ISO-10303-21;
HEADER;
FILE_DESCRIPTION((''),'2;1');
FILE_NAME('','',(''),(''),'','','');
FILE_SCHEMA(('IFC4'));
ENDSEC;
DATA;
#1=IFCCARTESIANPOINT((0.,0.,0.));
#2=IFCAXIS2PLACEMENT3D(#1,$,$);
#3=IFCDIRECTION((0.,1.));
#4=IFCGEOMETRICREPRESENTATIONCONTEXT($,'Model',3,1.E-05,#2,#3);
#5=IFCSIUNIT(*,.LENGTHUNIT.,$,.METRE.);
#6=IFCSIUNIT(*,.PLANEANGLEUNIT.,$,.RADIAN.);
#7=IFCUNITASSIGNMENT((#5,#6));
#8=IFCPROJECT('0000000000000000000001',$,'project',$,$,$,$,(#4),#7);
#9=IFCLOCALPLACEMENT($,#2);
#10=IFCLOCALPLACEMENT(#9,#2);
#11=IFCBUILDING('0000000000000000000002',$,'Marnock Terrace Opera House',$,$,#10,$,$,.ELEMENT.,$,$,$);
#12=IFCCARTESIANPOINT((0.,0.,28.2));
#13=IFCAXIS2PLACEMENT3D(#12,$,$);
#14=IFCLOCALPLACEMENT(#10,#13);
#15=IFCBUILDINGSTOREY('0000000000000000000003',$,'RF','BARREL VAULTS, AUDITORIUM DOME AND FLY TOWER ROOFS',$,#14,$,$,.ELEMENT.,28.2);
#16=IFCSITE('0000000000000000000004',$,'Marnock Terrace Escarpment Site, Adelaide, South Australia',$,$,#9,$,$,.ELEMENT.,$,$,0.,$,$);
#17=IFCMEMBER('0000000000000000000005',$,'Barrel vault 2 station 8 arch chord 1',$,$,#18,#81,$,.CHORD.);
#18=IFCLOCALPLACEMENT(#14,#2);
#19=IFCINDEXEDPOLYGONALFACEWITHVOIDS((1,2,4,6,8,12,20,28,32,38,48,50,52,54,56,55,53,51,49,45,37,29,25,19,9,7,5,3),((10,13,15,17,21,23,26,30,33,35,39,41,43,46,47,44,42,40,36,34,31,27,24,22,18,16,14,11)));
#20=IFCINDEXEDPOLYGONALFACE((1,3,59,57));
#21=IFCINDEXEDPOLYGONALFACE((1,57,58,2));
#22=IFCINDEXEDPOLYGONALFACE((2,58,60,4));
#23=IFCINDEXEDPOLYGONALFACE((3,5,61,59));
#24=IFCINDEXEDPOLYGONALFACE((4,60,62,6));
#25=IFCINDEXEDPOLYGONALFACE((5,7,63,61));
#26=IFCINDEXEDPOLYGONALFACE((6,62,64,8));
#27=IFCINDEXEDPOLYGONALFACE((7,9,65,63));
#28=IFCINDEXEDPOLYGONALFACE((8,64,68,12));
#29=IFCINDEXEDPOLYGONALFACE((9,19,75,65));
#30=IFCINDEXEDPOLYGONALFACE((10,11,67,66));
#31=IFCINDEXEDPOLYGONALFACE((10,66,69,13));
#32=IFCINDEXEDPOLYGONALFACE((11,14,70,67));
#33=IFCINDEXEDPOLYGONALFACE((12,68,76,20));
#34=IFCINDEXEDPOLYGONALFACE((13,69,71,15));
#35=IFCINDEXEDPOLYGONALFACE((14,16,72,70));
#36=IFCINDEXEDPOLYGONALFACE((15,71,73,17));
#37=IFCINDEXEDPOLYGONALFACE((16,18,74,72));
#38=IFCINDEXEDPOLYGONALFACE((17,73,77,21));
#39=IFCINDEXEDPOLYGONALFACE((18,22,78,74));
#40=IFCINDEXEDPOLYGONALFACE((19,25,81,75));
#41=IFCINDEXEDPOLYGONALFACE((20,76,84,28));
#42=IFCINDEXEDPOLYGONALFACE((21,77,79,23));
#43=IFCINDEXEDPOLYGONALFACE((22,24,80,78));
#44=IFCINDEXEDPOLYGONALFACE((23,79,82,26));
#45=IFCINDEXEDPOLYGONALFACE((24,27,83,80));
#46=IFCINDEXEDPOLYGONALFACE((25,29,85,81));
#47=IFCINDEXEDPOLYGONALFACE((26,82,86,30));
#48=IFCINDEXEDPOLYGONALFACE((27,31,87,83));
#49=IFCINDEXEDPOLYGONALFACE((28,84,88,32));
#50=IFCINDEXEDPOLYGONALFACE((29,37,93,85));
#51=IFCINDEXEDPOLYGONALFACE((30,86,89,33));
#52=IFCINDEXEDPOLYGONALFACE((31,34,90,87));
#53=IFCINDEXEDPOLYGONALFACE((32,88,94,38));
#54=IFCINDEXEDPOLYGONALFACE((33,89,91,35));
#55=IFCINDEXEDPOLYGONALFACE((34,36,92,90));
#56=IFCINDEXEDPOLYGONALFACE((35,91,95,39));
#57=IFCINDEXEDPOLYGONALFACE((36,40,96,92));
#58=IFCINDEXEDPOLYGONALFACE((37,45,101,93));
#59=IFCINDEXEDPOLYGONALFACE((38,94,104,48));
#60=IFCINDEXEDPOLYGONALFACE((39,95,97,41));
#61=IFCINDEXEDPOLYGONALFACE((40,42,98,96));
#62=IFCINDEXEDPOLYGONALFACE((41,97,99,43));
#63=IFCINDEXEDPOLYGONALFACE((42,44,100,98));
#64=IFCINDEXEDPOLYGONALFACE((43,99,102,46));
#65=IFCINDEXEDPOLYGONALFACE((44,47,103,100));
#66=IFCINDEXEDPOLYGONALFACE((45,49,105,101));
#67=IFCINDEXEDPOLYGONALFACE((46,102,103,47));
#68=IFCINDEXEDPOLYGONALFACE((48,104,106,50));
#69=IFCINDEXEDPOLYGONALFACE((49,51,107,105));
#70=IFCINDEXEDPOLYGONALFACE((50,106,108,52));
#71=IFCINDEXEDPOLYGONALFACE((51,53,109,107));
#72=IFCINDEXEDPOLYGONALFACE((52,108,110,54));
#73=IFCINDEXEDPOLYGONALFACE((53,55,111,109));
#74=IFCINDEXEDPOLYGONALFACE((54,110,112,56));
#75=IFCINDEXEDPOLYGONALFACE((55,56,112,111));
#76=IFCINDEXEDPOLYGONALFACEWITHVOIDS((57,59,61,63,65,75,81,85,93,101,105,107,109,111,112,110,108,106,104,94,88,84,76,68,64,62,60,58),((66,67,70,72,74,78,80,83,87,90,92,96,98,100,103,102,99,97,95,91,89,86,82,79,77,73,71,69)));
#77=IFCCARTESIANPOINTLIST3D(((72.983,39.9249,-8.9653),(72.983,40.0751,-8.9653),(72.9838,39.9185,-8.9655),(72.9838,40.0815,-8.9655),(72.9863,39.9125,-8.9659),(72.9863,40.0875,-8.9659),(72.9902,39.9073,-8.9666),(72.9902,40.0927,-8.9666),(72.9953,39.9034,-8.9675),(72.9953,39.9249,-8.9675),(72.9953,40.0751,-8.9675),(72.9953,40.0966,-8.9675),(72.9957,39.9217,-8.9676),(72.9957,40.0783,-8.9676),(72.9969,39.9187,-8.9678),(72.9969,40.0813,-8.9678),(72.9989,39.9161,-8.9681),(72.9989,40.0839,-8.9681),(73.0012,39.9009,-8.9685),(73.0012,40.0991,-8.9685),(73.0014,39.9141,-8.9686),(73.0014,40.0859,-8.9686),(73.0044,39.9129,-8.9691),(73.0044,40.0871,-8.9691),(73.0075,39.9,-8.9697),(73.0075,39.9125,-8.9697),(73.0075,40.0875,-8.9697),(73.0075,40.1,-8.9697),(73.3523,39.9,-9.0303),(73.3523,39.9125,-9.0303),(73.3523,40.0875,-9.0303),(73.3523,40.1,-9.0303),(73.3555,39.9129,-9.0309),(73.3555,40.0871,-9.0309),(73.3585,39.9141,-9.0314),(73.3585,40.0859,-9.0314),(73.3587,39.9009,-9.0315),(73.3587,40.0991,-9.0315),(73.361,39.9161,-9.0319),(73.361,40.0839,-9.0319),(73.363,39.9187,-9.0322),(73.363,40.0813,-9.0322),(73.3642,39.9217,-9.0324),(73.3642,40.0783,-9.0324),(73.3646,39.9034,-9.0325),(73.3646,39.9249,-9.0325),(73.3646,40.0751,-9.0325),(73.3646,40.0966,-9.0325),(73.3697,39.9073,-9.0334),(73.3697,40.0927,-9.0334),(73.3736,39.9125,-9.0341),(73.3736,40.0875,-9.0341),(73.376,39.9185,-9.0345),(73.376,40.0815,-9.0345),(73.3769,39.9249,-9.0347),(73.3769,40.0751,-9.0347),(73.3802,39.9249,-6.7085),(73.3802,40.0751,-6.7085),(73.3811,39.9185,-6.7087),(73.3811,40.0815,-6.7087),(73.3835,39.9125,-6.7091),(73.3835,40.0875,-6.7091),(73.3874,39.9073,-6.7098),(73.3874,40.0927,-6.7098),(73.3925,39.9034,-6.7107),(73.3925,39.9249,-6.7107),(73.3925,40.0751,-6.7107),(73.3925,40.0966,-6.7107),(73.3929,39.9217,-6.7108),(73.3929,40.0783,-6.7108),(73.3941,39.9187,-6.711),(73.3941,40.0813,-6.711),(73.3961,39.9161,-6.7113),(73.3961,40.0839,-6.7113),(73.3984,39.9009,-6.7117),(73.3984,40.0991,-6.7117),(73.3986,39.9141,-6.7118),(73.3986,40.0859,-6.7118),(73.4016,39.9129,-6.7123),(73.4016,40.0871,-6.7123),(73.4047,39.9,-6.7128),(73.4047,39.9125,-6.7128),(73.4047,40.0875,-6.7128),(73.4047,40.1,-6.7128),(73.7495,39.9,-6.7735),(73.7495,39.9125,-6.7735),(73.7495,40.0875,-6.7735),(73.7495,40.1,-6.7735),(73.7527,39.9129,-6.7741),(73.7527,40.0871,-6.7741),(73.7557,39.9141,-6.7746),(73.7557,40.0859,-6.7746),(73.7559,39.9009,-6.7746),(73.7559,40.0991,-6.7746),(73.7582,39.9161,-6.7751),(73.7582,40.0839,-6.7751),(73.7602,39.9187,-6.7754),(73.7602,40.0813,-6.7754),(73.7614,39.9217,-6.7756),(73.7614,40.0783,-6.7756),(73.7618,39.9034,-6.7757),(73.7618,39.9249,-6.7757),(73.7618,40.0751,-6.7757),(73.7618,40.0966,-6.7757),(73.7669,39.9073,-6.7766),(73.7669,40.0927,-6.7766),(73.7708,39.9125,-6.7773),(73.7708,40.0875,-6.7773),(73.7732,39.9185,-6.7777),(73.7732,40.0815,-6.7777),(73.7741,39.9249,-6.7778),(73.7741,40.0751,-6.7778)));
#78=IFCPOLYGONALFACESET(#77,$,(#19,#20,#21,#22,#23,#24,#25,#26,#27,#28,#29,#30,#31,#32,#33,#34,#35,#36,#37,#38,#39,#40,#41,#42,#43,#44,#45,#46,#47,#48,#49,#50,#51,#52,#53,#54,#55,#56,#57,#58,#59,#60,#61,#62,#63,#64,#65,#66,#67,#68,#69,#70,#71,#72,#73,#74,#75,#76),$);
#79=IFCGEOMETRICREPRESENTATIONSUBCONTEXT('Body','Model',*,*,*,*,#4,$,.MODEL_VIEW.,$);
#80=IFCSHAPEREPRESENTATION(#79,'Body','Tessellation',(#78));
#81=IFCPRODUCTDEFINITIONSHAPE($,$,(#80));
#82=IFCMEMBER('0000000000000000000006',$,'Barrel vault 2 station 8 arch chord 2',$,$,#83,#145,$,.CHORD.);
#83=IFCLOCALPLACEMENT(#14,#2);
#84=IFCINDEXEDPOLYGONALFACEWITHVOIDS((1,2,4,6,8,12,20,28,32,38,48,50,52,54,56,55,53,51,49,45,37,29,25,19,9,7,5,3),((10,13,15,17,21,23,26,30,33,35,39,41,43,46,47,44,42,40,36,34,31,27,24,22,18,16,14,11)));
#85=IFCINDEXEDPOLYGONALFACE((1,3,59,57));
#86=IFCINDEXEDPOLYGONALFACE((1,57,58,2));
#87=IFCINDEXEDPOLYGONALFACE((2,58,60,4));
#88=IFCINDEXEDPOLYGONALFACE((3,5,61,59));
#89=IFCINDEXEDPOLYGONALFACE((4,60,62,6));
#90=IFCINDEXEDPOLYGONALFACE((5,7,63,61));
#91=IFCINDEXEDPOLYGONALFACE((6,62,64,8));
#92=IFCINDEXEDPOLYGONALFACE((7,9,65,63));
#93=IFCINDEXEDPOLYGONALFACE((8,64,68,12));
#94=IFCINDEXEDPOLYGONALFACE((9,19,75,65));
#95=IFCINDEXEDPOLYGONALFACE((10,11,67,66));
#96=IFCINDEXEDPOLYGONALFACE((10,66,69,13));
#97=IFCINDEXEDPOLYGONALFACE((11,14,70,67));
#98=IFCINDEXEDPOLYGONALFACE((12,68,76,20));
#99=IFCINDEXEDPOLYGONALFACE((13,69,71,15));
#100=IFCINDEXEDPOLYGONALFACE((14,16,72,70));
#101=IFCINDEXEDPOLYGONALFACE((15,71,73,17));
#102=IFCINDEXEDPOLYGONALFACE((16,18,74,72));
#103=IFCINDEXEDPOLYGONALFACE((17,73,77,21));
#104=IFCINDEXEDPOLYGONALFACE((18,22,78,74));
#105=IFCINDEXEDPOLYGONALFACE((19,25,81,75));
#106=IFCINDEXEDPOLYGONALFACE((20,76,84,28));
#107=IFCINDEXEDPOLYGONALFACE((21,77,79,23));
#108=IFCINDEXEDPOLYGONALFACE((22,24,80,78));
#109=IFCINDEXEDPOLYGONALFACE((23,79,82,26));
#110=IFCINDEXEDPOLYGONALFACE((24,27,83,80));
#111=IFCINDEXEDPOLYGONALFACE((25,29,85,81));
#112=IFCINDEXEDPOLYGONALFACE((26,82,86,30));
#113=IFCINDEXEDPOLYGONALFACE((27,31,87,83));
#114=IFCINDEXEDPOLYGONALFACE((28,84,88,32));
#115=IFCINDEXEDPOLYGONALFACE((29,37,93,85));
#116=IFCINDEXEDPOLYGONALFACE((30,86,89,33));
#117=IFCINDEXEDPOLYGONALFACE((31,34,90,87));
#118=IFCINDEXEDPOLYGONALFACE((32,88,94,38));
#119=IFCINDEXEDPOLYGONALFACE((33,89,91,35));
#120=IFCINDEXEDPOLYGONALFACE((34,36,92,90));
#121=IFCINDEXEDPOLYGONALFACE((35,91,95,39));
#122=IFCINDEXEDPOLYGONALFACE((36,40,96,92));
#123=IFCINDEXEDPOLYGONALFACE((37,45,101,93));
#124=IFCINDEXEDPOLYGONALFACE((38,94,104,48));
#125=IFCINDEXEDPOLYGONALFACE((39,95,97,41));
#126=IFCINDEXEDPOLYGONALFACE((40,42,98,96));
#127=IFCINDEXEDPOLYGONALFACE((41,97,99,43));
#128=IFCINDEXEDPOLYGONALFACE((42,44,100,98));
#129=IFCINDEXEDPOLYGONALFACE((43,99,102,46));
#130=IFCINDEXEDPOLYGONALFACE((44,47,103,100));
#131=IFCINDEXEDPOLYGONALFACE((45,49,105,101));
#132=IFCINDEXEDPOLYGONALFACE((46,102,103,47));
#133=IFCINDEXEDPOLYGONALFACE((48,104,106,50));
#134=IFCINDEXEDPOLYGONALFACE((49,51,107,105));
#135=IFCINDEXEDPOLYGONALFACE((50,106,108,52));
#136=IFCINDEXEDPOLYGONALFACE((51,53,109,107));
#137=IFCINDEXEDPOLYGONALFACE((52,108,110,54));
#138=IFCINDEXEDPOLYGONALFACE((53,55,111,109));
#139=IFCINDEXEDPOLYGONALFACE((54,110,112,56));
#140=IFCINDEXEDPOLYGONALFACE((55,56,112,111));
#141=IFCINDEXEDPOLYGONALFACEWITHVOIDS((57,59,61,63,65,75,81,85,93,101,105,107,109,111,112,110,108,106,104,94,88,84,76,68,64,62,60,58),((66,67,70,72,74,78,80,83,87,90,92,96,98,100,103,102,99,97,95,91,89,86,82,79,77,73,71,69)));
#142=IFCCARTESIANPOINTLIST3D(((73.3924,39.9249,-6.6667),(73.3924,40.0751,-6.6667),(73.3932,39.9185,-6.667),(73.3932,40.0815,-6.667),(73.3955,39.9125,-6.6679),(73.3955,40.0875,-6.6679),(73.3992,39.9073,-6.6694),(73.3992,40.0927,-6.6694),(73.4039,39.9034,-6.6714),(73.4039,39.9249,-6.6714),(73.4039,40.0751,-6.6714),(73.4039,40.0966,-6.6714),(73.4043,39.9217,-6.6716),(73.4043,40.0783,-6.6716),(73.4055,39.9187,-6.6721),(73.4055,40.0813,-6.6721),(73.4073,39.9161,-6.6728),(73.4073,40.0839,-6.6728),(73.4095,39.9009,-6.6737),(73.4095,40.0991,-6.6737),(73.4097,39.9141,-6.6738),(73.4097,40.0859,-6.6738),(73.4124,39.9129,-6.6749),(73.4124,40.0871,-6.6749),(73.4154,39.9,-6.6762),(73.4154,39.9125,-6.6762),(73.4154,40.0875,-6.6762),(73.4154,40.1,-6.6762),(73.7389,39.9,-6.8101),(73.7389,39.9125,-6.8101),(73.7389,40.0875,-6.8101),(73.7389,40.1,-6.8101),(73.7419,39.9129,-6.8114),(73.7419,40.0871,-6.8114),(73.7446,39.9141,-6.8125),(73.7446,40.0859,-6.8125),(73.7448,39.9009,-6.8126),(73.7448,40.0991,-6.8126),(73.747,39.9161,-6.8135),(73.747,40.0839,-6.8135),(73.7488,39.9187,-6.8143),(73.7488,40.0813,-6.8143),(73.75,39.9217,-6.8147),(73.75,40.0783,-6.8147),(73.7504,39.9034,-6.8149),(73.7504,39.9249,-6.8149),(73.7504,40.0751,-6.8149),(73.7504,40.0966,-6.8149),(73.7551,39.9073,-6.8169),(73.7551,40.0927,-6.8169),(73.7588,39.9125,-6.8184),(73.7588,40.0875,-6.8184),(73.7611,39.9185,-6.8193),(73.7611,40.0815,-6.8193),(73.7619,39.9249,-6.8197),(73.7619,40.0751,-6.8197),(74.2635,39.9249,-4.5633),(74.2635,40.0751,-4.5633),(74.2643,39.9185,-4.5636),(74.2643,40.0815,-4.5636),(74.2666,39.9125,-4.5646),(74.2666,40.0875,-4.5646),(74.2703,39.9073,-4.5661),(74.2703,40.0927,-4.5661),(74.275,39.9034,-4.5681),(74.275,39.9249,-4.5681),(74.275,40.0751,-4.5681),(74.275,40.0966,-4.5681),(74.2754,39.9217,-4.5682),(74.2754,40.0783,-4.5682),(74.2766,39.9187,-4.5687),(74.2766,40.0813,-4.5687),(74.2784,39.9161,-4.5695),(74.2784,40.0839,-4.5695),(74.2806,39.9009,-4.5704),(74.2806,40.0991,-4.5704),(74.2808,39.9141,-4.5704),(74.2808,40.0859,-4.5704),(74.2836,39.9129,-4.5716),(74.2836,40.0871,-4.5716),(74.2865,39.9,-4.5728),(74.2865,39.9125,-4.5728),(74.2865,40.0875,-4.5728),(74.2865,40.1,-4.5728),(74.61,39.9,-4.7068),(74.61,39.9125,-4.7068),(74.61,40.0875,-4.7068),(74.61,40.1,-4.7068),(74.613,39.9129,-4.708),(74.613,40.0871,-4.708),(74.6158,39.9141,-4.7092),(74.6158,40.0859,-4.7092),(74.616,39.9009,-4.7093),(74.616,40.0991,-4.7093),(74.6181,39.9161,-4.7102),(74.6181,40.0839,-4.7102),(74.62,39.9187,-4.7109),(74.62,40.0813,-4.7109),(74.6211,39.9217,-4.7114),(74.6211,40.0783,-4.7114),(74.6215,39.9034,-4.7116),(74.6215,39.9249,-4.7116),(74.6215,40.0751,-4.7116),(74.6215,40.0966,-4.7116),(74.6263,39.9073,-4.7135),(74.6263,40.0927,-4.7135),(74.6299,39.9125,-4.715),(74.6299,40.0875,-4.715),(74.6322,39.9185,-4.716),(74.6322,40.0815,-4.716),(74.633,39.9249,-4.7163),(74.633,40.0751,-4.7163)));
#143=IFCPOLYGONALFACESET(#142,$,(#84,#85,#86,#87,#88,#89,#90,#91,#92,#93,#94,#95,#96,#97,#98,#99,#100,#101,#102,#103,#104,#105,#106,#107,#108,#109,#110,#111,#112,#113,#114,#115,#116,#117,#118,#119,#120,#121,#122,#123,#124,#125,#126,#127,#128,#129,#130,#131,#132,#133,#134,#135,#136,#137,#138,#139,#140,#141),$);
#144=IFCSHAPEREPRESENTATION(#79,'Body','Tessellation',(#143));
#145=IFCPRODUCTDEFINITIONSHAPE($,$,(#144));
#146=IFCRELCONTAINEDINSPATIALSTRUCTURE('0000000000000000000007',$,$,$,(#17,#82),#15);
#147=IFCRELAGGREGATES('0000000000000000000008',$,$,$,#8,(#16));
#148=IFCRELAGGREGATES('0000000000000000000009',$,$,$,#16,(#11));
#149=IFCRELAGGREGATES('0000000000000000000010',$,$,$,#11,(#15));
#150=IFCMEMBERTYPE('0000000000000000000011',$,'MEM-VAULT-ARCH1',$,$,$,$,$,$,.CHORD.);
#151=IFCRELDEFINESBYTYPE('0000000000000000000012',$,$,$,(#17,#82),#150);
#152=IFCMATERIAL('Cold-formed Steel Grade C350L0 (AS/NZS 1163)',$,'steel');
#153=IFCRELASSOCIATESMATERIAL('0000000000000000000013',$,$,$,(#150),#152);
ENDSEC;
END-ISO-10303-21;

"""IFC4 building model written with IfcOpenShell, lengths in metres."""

from ifc_helpers import new_model, si_unit, direction, frame, origin, origin_2d, place, context, subcontext, project, spatial, hollow_rectangle, extrude, material, material_profile, profile_set, type_object, element, save


model = new_model("IFC4")

# Units and contexts
model_context = context("Model", 3, precision=1e-05, world=origin(), true_north=direction((0.0, 1.0)))
body_context = subcontext(model_context, "Body", "Model", "MODEL_VIEW")
ifc_project = project(units=[si_unit("LENGTHUNIT", "METRE"), si_unit("PLANEANGLEUNIT", "RADIAN")], contexts=[model_context])

# Site, building, storey
site_placement = place(None, origin())
site = spatial("IfcSite", under=ifc_project, at=site_placement, Name="Marnock Terrace Escarpment Site, Adelaide, South Australia", CompositionType="ELEMENT", RefElevation=0.0)
building_placement = place(site_placement, origin())
building = spatial("IfcBuilding", under=site, at=building_placement, Name="Marnock Terrace Opera House", CompositionType="ELEMENT")
storey_placement = place(building_placement, frame((0.0, 0.0, 28.2)))
storey = spatial("IfcBuildingStorey", under=building, at=storey_placement, Name="RF", Description="BARREL VAULTS, AUDITORIUM DOME AND FLY TOWER ROOFS", CompositionType="ELEMENT", Elevation=28.2)

# Members
ifc_material_1 = material(Name="Cold-formed Steel Grade C350L0 (AS/NZS 1163)", Category="steel")
ifc_material_profile_1 = material_profile(ifc_material_1, hollow_rectangle(XDim=0.2, YDim=0.3999, WallThickness=0.0125, InnerFilletRadius=0.0125, OuterFilletRadius=0.0249, at=origin_2d()))
ifc_profile_set_1 = profile_set([ifc_material_profile_1], Name="Cold-formed Steel Grade C350L0 (AS/NZS 1163)")
member_type_1 = type_object("IfcMemberType", Name="MEM-VAULT-ARCH1", PredefinedType="CHORD", material=ifc_profile_set_1)
member_1_placement = place(storey_placement, frame((73.1799, 40.0, -9.0), z_axis=(0.173342, 0.0, 0.984862), x_axis=(0.0, 1.0, 0.0)))
element("IfcMember", 1, at=member_1_placement, inside=storey, type_object=member_type_1, Name="Barrel vault 2 station 8 arch chord 1", PredefinedType="CHORD", context=body_context, shape_type="SweptSolid", body=[
    extrude(hollow_rectangle(XDim=0.2, YDim=0.3999, WallThickness=0.0125, InnerFilletRadius=0.0125, OuterFilletRadius=0.0249, at=origin_2d()), origin(), (0.0, 0.0, 1.0), 2.2915),
])
member_2_placement = place(storey_placement, frame((73.5771, 40.0, -6.7432), z_axis=(0.382642, 0.0, 0.923897), x_axis=(0.0, 1.0, 0.0)))
element("IfcMember", 2, at=member_2_placement, inside=storey, type_object=member_type_1, Name="Barrel vault 2 station 8 arch chord 2", PredefinedType="CHORD", context=body_context, shape_type="SweptSolid", body=[
    extrude(hollow_rectangle(XDim=0.2, YDim=0.3999, WallThickness=0.0125, InnerFilletRadius=0.0125, OuterFilletRadius=0.0249, at=origin_2d()), origin(), (0.0, 0.0, 1.0), 2.2766),
])

save(model, "model.ifc")
